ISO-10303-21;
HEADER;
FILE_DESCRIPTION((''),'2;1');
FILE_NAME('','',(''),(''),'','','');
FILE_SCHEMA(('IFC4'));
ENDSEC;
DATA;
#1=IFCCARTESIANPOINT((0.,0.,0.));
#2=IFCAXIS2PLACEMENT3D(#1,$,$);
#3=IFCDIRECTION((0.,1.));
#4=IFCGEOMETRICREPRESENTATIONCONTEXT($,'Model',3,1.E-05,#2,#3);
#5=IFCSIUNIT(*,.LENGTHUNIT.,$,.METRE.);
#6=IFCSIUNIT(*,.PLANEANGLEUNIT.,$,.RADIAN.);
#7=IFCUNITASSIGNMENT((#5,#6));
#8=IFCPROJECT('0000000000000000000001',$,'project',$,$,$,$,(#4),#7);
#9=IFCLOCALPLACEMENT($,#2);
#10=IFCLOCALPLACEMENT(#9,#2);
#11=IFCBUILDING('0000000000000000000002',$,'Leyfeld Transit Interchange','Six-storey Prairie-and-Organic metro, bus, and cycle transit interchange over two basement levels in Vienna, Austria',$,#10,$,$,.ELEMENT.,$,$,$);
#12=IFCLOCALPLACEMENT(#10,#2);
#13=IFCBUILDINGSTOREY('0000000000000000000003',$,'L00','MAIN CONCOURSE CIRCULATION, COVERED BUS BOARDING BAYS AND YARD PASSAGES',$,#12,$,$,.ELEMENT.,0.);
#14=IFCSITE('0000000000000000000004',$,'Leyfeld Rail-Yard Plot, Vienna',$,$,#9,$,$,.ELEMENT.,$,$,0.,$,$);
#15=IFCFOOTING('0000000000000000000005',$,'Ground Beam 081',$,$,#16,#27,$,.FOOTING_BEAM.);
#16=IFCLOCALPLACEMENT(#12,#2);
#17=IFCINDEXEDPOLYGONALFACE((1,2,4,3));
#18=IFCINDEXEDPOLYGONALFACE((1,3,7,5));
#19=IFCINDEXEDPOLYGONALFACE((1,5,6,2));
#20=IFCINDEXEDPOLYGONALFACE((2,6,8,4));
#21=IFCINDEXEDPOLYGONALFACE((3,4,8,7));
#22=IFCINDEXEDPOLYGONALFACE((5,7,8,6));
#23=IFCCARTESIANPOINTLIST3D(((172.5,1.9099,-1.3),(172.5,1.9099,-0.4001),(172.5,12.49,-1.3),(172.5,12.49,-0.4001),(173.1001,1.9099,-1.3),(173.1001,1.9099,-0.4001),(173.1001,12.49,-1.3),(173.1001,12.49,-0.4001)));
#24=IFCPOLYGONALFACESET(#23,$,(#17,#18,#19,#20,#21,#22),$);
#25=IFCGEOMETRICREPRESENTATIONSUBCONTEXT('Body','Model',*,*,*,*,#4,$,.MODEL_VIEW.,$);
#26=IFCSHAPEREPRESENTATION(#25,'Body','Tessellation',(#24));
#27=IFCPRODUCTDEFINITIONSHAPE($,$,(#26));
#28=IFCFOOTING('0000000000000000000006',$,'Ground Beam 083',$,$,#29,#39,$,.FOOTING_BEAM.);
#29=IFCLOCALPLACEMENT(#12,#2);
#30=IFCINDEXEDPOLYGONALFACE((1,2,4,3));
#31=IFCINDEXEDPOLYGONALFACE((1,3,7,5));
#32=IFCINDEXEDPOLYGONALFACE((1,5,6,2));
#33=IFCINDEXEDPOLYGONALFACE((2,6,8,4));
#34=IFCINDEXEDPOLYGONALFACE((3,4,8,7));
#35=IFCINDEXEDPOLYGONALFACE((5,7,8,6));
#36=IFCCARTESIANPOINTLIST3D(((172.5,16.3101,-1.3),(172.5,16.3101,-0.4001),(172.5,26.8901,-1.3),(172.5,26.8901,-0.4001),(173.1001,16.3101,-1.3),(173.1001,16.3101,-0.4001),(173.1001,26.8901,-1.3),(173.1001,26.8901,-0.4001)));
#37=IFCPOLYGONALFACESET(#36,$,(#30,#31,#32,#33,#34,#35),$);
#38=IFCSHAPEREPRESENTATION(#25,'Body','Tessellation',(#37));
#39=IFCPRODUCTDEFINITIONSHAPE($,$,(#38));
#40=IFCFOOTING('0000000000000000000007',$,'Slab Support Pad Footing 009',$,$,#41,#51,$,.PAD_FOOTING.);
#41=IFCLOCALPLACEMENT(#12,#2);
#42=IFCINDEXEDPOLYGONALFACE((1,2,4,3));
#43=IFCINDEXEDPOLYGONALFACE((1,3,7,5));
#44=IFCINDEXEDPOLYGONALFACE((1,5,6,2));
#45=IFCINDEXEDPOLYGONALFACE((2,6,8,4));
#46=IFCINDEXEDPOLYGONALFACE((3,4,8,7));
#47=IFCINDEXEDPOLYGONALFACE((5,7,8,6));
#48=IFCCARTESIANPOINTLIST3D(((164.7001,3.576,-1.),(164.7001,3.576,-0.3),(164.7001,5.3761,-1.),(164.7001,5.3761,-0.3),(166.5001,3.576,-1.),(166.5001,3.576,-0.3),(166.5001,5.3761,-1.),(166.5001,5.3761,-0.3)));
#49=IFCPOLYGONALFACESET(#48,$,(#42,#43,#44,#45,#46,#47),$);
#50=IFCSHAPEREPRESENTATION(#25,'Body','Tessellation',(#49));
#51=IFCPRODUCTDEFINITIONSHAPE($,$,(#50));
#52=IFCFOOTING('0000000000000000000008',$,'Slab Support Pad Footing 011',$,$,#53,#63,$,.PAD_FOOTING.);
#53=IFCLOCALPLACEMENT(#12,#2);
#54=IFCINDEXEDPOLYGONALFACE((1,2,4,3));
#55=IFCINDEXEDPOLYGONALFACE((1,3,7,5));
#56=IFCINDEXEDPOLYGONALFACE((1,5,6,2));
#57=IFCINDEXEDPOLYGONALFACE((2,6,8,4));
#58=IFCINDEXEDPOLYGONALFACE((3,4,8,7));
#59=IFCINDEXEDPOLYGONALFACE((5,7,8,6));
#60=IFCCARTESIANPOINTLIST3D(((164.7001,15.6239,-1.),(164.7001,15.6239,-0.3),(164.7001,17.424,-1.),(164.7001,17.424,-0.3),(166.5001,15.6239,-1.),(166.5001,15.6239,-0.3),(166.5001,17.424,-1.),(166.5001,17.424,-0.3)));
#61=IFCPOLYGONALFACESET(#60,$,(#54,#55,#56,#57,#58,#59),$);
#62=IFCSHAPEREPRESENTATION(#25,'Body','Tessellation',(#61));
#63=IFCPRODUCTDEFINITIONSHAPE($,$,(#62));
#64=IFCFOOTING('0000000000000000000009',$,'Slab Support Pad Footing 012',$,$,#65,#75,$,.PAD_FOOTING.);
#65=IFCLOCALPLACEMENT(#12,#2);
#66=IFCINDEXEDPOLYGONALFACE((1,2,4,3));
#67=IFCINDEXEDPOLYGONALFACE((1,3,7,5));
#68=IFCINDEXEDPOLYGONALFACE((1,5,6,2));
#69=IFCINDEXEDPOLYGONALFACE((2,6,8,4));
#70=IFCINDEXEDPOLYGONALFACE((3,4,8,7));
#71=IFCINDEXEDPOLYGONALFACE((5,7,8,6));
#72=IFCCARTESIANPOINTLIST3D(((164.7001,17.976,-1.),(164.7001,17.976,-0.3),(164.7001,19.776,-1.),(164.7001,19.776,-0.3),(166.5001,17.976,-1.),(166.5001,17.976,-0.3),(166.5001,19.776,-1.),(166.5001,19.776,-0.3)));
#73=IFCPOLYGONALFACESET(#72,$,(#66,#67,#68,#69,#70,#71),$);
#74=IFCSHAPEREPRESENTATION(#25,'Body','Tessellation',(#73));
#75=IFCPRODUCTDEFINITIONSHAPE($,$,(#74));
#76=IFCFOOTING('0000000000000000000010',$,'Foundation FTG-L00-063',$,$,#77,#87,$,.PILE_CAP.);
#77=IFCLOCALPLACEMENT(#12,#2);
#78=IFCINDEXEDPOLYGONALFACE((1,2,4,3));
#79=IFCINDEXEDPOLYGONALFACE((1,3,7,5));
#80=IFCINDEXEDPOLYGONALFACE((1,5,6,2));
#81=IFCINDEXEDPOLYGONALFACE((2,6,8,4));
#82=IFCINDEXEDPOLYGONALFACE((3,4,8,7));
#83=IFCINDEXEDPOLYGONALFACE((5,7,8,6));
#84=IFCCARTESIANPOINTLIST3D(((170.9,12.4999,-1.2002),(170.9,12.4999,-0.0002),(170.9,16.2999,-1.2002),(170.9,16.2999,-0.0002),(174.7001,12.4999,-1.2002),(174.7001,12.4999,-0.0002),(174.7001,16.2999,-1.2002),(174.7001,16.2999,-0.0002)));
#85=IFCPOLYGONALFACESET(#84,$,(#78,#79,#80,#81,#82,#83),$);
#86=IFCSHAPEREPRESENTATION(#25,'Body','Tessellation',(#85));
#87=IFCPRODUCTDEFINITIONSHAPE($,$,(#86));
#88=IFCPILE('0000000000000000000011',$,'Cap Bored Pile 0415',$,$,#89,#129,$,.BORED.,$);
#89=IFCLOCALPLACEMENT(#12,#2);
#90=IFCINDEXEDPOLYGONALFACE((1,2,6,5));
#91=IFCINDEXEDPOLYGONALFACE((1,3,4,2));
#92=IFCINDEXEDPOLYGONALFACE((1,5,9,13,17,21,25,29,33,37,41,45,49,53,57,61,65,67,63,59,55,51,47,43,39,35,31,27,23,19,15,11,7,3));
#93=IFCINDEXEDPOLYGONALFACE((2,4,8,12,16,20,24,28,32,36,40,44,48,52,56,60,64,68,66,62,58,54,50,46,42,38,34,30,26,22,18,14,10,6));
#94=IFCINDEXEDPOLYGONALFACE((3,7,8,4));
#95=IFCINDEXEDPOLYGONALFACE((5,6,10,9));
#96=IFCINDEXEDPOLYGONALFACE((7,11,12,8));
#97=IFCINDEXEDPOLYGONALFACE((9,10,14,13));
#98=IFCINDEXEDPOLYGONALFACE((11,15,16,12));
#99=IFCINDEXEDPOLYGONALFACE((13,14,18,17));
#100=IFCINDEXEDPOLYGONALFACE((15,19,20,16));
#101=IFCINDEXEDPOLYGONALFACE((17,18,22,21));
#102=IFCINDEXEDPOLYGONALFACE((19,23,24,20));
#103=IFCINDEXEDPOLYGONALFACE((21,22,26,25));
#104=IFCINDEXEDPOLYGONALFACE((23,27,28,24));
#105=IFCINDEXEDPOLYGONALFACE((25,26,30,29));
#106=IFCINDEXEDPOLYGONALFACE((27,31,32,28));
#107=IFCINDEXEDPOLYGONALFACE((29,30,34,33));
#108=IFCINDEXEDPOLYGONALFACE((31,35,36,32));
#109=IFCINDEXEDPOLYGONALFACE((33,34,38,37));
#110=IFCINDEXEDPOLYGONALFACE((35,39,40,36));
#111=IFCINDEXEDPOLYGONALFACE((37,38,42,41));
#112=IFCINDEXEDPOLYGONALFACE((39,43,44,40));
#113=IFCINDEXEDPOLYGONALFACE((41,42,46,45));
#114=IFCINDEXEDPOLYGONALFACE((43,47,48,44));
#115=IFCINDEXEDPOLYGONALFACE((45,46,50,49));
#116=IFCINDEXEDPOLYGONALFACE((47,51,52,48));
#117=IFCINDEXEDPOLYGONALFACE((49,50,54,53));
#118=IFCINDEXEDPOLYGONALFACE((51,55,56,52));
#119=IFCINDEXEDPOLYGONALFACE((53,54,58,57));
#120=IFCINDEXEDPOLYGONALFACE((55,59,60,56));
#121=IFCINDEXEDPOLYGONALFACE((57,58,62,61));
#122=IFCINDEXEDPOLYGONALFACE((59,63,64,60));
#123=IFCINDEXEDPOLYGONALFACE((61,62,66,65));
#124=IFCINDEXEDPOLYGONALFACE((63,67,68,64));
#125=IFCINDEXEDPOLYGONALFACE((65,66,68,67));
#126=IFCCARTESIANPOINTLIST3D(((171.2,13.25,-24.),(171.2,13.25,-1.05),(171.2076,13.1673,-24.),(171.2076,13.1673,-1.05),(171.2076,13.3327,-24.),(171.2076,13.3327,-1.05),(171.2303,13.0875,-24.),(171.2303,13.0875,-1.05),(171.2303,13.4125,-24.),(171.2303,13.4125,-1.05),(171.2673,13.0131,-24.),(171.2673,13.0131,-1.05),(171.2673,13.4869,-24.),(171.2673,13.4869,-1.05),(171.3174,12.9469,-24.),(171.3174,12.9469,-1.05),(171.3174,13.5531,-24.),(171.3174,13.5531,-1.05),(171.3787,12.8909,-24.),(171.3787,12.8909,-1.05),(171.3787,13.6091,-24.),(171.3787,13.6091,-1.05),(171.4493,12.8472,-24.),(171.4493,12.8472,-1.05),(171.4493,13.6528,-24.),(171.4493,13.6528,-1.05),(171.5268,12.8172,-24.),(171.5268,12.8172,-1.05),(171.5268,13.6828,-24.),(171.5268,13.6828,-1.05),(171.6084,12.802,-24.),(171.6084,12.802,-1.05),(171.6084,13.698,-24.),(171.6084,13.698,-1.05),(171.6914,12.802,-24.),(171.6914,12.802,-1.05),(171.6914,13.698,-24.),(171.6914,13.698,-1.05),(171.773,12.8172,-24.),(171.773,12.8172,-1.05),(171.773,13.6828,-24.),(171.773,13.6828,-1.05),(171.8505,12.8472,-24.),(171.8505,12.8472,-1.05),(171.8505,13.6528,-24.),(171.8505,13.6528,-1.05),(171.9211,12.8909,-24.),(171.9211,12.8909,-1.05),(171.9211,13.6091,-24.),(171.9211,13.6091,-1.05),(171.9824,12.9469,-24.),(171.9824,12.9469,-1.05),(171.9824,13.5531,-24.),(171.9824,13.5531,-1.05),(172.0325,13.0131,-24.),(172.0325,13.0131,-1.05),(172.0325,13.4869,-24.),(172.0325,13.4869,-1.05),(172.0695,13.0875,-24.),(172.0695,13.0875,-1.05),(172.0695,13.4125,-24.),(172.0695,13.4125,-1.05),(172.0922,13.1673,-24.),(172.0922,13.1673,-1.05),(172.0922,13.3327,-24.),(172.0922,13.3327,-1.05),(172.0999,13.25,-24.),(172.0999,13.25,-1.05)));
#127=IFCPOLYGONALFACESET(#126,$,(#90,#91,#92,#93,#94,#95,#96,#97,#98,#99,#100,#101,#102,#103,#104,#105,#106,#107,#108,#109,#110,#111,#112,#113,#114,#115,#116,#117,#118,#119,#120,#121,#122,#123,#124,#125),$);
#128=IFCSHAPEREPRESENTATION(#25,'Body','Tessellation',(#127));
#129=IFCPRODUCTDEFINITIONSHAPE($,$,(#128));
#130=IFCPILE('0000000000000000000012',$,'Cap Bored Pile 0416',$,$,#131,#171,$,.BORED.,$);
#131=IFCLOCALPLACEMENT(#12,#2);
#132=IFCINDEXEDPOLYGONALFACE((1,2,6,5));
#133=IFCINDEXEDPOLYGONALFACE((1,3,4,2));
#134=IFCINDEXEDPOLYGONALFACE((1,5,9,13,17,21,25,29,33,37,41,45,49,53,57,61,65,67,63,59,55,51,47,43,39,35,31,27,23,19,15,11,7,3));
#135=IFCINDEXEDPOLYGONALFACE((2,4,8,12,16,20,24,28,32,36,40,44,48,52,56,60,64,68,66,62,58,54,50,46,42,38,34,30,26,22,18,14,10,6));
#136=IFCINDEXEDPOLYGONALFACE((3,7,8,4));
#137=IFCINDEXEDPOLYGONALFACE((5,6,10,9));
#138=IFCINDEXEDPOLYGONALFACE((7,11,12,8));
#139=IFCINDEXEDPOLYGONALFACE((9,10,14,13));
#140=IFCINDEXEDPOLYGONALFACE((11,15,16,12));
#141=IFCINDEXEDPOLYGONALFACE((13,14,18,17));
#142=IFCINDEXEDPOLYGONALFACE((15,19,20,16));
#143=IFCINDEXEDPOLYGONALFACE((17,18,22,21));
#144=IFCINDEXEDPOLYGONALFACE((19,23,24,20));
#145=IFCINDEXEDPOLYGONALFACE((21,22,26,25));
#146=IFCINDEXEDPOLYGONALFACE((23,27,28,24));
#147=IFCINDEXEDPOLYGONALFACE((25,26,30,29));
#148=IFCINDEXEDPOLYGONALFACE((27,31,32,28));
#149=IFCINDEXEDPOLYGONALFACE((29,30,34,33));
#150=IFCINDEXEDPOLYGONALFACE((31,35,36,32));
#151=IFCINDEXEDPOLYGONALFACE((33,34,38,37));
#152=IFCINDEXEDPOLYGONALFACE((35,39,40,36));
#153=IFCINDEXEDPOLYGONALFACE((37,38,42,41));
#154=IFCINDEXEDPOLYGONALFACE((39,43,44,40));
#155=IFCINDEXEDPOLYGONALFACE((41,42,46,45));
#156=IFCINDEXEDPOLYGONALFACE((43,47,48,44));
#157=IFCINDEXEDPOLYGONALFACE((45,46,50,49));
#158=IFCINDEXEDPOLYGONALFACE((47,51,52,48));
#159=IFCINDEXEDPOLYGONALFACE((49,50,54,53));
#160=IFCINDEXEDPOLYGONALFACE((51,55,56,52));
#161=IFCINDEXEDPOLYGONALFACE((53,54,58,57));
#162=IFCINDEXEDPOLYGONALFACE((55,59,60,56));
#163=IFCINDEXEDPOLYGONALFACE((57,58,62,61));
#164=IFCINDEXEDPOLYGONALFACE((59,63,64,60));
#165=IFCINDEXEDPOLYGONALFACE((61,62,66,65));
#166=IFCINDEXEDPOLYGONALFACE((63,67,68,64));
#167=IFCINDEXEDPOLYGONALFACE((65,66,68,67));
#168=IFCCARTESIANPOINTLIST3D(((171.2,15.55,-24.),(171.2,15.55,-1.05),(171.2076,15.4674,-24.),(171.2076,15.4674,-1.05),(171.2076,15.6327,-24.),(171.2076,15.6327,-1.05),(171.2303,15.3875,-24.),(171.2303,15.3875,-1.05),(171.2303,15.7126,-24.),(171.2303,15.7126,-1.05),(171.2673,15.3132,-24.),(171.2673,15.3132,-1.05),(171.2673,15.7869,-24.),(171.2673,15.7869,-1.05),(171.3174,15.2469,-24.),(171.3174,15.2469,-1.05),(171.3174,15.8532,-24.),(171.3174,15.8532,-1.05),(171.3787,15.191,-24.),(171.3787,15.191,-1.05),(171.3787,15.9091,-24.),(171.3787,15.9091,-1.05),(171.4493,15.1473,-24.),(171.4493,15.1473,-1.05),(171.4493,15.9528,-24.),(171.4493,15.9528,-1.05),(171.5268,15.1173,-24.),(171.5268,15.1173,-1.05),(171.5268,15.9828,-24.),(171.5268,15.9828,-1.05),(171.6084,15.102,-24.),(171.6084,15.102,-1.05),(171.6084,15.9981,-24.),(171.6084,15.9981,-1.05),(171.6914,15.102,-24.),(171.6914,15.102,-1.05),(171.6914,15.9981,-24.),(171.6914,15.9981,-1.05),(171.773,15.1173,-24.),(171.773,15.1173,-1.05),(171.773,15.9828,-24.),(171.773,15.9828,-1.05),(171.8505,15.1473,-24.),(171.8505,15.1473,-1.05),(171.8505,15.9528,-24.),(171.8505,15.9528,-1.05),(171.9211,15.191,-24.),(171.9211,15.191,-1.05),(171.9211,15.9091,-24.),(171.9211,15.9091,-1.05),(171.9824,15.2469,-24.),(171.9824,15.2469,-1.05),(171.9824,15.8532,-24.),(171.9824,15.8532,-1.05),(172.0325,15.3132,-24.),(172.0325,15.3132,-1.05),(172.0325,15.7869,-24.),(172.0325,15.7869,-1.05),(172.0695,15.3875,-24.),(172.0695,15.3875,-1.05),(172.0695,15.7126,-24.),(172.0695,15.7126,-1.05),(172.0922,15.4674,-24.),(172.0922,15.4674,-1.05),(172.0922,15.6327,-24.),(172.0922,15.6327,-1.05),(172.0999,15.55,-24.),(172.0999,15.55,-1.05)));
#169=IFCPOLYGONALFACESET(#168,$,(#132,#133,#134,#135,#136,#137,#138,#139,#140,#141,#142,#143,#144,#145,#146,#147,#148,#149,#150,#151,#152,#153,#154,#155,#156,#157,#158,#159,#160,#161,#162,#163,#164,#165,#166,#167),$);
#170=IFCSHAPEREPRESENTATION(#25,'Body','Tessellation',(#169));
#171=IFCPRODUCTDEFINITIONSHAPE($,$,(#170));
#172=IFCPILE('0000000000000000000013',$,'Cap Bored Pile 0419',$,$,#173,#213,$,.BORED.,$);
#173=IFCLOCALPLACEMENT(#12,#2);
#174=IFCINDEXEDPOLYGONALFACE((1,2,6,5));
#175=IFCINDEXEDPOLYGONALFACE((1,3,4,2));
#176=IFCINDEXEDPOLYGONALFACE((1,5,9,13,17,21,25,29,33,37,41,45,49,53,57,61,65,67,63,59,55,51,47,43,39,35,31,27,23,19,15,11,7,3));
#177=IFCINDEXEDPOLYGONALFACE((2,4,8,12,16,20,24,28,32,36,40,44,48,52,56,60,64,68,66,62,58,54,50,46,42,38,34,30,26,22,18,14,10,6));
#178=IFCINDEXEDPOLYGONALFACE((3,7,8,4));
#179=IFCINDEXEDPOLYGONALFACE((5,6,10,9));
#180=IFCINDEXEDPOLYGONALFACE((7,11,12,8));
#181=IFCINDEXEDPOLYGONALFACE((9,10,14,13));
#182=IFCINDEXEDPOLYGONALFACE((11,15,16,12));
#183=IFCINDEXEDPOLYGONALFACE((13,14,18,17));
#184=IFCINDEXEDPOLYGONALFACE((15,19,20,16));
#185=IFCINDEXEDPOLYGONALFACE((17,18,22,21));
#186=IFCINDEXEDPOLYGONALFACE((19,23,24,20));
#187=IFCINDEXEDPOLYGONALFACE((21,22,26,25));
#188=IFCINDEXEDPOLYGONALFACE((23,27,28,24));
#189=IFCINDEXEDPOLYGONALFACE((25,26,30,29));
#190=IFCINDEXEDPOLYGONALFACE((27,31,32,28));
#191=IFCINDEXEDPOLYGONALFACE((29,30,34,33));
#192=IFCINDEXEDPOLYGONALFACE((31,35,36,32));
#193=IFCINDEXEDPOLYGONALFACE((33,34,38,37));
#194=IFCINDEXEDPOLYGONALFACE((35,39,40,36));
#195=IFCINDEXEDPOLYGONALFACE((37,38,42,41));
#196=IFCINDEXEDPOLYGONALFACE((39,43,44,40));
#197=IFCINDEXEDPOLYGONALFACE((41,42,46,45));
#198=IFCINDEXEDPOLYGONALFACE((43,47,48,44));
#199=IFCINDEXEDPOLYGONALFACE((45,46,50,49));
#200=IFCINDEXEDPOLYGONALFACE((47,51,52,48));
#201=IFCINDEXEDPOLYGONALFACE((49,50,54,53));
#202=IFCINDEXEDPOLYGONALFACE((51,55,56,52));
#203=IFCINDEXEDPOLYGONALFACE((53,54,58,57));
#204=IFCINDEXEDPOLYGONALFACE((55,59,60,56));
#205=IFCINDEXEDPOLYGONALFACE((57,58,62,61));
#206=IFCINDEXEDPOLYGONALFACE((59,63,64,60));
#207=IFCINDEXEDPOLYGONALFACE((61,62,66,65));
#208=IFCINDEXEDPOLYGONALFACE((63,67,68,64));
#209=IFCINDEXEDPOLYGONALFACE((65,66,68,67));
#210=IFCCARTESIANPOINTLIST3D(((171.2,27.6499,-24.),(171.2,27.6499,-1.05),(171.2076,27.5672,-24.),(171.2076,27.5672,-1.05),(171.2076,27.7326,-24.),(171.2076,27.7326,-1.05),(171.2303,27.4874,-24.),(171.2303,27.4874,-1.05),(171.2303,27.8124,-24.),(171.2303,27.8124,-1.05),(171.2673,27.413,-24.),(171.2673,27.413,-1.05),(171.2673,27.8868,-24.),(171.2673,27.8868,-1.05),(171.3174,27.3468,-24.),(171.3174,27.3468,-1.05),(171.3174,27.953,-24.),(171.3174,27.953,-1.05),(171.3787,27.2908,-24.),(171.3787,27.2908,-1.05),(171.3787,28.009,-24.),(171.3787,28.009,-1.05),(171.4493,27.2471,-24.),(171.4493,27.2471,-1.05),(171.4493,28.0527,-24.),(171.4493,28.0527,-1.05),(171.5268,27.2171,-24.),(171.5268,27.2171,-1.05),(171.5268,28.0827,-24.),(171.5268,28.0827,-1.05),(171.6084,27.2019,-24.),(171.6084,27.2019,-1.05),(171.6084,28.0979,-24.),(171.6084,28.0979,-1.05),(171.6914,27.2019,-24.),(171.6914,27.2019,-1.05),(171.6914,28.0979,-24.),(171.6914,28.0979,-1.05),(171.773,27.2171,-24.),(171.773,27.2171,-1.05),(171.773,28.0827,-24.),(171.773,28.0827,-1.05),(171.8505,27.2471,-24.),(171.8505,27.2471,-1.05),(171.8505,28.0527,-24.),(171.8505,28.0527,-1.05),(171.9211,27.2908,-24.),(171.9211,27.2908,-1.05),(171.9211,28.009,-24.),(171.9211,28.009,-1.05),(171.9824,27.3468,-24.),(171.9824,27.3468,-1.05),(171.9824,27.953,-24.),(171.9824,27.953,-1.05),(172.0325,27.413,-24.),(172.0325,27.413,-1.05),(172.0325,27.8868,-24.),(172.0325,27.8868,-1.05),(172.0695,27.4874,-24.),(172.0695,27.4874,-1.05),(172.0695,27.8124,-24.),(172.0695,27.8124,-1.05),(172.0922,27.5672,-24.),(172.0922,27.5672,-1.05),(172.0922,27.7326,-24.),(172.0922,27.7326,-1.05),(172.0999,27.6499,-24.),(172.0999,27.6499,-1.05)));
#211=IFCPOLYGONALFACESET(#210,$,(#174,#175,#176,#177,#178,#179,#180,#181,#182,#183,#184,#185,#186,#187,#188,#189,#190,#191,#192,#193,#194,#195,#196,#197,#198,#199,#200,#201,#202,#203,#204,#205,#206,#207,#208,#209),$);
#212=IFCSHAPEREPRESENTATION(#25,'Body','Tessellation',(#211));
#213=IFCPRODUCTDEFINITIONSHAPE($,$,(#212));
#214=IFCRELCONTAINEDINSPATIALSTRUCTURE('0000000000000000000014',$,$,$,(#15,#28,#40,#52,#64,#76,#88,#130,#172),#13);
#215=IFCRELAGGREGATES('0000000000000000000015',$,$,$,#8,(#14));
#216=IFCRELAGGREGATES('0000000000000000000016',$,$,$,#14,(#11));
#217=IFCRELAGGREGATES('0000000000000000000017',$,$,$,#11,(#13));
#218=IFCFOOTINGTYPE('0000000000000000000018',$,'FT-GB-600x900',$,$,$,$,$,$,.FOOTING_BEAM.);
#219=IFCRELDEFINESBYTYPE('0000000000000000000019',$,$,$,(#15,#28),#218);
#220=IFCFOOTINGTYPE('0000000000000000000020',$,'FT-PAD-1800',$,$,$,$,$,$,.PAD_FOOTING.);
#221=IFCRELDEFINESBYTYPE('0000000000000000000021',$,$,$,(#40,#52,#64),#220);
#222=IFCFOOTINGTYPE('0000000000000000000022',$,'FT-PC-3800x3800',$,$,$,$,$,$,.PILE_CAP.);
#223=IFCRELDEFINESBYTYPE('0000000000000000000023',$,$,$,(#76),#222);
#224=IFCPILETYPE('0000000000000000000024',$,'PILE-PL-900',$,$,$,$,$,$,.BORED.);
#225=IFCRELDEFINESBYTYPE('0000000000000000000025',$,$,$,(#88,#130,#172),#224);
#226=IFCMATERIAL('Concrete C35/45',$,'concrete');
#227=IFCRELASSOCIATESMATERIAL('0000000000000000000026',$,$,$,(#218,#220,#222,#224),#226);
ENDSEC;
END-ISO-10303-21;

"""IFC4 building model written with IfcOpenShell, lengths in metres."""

from ifc_helpers import new_model, si_unit, direction, frame, origin, origin_2d, place, context, subcontext, project, spatial, rectangle, circle, extrude, material, material_profile, profile_set, type_object, element, save


model = new_model("IFC4")

# Units and contexts
model_context = context("Model", 3, precision=1e-05, world=origin(), true_north=direction((0.0, 1.0)))
body_context = subcontext(model_context, "Body", "Model", "MODEL_VIEW")
ifc_project = project(units=[si_unit("LENGTHUNIT", "METRE"), si_unit("PLANEANGLEUNIT", "RADIAN")], contexts=[model_context])

# Site, building, storey
site_placement = place(None, origin())
site = spatial("IfcSite", under=ifc_project, at=site_placement, Name="Leyfeld Rail-Yard Plot, Vienna", CompositionType="ELEMENT", RefElevation=0.0)
building_placement = place(site_placement, origin())
building = spatial("IfcBuilding", under=site, at=building_placement, Name="Leyfeld Transit Interchange", Description="Six-storey Prairie-and-Organic metro, bus, and cycle transit interchange over two basement levels in Vienna, Austria", CompositionType="ELEMENT")
storey_placement = place(building_placement, origin())
storey = spatial("IfcBuildingStorey", under=building, at=storey_placement, Name="L00", Description="MAIN CONCOURSE CIRCULATION, COVERED BUS BOARDING BAYS AND YARD PASSAGES", CompositionType="ELEMENT", Elevation=0.0)

# Footings
ifc_material_1 = material(Name="Concrete C35/45", Category="concrete")
footing_type_1 = type_object("IfcFootingType", Name="FT-GB-600x900", PredefinedType="FOOTING_BEAM", material=ifc_material_1)
for number, where, z_axis, x_axis, name in (
    (1, (172.8, 7.2, -1.3), (0.0, 0.0, 1.0), (1.0, 0.0, 0.0), "Ground Beam 081"),
    (2, (172.8, 21.6001, -1.3), (0.0, 0.0, 1.0), (1.0, 0.0, 0.0), "Ground Beam 083"),
):
    element("IfcFooting", number, at=place(storey_placement, frame(where, z_axis=z_axis, x_axis=x_axis)), inside=storey, type_object=footing_type_1, Name=name, PredefinedType="FOOTING_BEAM", context=body_context, shape_type="SweptSolid", body=[
        extrude(rectangle(XDim=0.6001, YDim=10.5801, at=origin_2d()), origin(), (0.0, 0.0, 1.0), 0.8999),
    ])
footing_type_2 = type_object("IfcFootingType", Name="FT-PAD-1800", PredefinedType="PAD_FOOTING", material=ifc_material_1)
for number, where, z_axis, x_axis, name in (
    (3, (165.6001, 4.4761, -1.0), (0.0, 0.0, 1.0), (1.0, 0.0, 0.0), "Slab Support Pad Footing 009"),
    (4, (165.6001, 16.5239, -1.0), (0.0, 0.0, 1.0), (1.0, 0.0, 0.0), "Slab Support Pad Footing 011"),
    (5, (165.6001, 18.876, -1.0), (0.0, 0.0, 1.0), (1.0, 0.0, 0.0), "Slab Support Pad Footing 012"),
):
    element("IfcFooting", number, at=place(storey_placement, frame(where, z_axis=z_axis, x_axis=x_axis)), inside=storey, type_object=footing_type_2, Name=name, PredefinedType="PAD_FOOTING", context=body_context, shape_type="SweptSolid", body=[
        extrude(rectangle(XDim=1.8, YDim=1.8, at=origin_2d()), origin(), (0.0, 0.0, 1.0), 0.7),
    ])
footing_type_3 = type_object("IfcFootingType", Name="FT-PC-3800x3800", PredefinedType="PILE_CAP", material=ifc_material_1)
footing_placement = place(storey_placement, frame((172.8, 14.3999, -1.2002), z_axis=(0.0, 0.0, 1.0), x_axis=(1.0, 0.0, 0.0)))
element("IfcFooting", 6, at=footing_placement, inside=storey, type_object=footing_type_3, Name="Foundation FTG-L00-063", PredefinedType="PILE_CAP", context=body_context, shape_type="SweptSolid", body=[
    extrude(rectangle(XDim=3.8, YDim=3.8, at=origin_2d()), origin(), (0.0, 0.0, 1.0), 1.2),
])

# Piles
ifc_material_profile_1 = material_profile(ifc_material_1, circle(Radius=0.45, at=origin_2d()), Name="PILE D900")
ifc_profile_set_1 = profile_set([ifc_material_profile_1], Name="Concrete C35/45")
pile_type = type_object("IfcPileType", Name="PILE-PL-900", PredefinedType="BORED", material=ifc_profile_set_1)
for number, where, z_axis, x_axis, name in (
    (7, (171.6499, 13.25, -1.05), (0.0, 0.0, -1.0), (1.0, 0.0, 0.0), "Cap Bored Pile 0415"),
    (8, (171.6499, 15.55, -1.05), (0.0, 0.0, -1.0), (1.0, 0.0, 0.0), "Cap Bored Pile 0416"),
    (9, (171.6499, 27.6499, -1.05), (0.0, 0.0, -1.0), (1.0, 0.0, 0.0), "Cap Bored Pile 0419"),
):
    element("IfcPile", number, at=place(storey_placement, frame(where, z_axis=z_axis, x_axis=x_axis)), inside=storey, type_object=pile_type, Name=name, PredefinedType="BORED", context=body_context, shape_type="SweptSolid", body=[
        extrude(circle(Radius=0.45, at=origin_2d()), origin(), (0.0, 0.0, 1.0), 22.95),
    ])

save(model, "model.ifc")
